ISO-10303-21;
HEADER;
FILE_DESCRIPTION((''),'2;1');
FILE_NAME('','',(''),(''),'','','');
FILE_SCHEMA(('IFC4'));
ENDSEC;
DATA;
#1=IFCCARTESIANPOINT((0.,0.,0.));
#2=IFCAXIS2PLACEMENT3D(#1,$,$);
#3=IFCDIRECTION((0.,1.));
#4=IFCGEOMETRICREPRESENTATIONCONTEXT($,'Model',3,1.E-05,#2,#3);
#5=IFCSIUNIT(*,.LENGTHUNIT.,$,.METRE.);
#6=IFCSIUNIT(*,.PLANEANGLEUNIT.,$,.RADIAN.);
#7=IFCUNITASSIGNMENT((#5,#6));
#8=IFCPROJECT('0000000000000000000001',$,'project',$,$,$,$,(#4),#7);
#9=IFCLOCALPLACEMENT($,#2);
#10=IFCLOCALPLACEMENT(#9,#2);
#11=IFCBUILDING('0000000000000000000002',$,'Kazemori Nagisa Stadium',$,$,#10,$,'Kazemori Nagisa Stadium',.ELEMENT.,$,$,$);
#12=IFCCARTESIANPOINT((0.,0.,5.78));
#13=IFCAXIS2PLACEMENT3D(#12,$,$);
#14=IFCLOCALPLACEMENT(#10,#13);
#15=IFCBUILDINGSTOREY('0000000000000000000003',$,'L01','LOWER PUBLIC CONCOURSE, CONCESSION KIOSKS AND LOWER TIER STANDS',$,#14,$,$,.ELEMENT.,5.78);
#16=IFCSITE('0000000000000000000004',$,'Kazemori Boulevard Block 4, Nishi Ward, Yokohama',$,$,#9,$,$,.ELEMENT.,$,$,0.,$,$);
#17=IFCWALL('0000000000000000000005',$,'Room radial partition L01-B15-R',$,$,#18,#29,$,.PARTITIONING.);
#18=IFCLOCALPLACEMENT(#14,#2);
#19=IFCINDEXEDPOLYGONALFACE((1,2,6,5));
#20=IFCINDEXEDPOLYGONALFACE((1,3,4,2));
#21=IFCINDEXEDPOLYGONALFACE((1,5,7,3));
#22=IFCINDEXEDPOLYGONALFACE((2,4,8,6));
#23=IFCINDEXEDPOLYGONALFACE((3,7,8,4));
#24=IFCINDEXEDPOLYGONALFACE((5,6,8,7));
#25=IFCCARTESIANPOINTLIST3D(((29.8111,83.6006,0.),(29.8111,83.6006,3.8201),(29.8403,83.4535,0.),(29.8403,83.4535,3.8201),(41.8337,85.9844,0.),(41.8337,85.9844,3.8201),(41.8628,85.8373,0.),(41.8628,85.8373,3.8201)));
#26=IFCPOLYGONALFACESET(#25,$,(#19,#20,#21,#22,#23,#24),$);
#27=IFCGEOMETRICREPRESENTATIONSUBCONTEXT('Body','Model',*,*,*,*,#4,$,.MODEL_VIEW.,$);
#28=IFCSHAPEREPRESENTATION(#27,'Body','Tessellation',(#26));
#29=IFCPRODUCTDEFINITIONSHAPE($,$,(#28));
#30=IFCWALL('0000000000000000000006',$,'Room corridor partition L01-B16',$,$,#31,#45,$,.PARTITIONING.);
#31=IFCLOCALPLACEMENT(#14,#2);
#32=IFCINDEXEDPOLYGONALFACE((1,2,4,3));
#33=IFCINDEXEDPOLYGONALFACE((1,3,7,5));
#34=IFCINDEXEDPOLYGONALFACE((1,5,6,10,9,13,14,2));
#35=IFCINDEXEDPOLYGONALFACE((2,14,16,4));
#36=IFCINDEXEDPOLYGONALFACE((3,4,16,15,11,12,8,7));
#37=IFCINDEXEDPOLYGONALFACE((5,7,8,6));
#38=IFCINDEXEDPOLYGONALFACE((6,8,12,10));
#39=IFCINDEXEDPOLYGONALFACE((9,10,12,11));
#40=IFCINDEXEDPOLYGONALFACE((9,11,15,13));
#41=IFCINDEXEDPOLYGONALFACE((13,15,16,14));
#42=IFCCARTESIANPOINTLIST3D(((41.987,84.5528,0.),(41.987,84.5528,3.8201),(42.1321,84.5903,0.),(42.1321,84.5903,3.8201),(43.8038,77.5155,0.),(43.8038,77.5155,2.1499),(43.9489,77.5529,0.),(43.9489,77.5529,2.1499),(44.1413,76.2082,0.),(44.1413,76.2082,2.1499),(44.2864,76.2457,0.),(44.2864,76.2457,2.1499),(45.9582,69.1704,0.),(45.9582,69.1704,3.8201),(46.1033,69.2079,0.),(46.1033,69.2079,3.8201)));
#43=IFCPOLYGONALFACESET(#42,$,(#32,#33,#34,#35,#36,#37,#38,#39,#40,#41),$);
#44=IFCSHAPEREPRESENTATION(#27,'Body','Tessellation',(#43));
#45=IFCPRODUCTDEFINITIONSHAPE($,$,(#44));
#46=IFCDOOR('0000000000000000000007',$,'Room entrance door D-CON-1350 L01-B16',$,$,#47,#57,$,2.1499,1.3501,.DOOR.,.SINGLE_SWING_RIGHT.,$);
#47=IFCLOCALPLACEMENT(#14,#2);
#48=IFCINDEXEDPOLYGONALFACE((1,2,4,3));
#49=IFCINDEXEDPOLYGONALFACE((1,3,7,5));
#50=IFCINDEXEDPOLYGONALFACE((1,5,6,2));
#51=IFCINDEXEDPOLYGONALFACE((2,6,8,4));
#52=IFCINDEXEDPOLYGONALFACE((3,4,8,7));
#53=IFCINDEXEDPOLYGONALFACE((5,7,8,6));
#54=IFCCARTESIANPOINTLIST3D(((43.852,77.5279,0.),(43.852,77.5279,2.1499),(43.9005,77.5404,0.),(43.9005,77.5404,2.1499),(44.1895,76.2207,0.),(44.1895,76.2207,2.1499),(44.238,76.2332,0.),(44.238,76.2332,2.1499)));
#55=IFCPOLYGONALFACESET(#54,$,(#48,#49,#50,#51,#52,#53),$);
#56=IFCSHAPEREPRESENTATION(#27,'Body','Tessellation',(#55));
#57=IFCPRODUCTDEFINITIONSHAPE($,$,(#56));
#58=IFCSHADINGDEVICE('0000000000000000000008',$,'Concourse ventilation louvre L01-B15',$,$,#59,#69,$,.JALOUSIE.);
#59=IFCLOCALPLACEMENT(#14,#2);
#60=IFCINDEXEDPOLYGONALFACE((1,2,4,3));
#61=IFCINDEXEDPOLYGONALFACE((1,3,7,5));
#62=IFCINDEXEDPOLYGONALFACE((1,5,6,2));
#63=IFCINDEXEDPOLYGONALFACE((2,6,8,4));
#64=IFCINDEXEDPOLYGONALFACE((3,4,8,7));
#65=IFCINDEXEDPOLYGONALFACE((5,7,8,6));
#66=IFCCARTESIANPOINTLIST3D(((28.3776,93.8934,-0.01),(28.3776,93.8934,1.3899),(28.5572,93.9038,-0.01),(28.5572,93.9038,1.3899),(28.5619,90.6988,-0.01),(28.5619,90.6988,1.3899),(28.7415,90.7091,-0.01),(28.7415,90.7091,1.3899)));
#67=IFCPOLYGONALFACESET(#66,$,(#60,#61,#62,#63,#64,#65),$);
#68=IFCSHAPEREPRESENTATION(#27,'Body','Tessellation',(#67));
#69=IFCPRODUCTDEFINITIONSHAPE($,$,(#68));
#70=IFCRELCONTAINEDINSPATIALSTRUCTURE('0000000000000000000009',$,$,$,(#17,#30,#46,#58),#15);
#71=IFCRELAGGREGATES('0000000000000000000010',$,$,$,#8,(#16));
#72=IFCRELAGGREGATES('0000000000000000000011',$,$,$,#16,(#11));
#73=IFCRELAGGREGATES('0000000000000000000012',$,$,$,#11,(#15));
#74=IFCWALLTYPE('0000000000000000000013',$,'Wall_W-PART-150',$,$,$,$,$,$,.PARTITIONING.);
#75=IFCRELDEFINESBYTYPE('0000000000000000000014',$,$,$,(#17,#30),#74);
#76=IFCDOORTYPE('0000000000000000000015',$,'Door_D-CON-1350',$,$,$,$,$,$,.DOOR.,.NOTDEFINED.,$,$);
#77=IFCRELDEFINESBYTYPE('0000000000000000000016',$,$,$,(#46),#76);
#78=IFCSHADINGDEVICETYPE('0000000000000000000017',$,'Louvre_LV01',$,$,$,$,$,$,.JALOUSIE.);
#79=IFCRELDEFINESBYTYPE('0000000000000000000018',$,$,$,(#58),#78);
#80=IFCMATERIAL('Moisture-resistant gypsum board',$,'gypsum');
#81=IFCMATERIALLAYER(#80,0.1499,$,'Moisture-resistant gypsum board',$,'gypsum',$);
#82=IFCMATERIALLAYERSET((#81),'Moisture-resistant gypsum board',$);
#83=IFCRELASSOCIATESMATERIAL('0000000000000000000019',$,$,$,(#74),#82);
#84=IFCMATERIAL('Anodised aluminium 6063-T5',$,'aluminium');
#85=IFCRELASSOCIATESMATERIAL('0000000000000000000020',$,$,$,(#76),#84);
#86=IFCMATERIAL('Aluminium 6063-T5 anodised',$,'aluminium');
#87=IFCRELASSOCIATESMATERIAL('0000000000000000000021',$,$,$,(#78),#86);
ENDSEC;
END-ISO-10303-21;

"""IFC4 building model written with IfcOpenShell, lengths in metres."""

from ifc_helpers import new_model, si_unit, direction, frame, frame_2d, origin, origin_2d, place, context, subcontext, project, spatial, rectangle, extrude, material, layer, layer_set, type_object, element, fill, save


model = new_model("IFC4")

# Units and contexts
model_context = context("Model", 3, precision=1e-05, world=origin(), true_north=direction((0.0, 1.0)))
body_context = subcontext(model_context, "Body", "Model", "MODEL_VIEW")
ifc_project = project(units=[si_unit("LENGTHUNIT", "METRE"), si_unit("PLANEANGLEUNIT", "RADIAN")], contexts=[model_context])

# Site, building, storey
site_placement = place(None, origin())
site = spatial("IfcSite", under=ifc_project, at=site_placement, Name="Kazemori Boulevard Block 4, Nishi Ward, Yokohama", CompositionType="ELEMENT", RefElevation=0.0)
building_placement = place(site_placement, origin())
building = spatial("IfcBuilding", under=site, at=building_placement, Name="Kazemori Nagisa Stadium", LongName="Kazemori Nagisa Stadium", CompositionType="ELEMENT")
storey_placement = place(building_placement, frame((0.0, 0.0, 5.78)))
storey = spatial("IfcBuildingStorey", under=building, at=storey_placement, Name="L01", Description="LOWER PUBLIC CONCOURSE, CONCESSION KIOSKS AND LOWER TIER STANDS", CompositionType="ELEMENT", Elevation=5.78)

# Shared definitions
ifc_material_1 = material(Name="Anodised aluminium 6063-T5", Category="aluminium")
ifc_material_2 = material(Name="Aluminium 6063-T5 anodised", Category="aluminium")

# Wall
ifc_material_3 = material(Name="Moisture-resistant gypsum board", Category="gypsum")
ifc_layer_1 = layer(ifc_material_3, 0.1499, Name="Moisture-resistant gypsum board", Category="gypsum")
ifc_layer_set_1 = layer_set([ifc_layer_1], Name="Moisture-resistant gypsum board")
wall_type = type_object("IfcWallType", Name="Wall_W-PART-150", PredefinedType="PARTITIONING", material=ifc_layer_set_1)
wall_1_placement = place(storey_placement, frame((41.8484, 85.9109, 0.0), z_axis=(0.0, 0.0, 1.0), x_axis=(-0.980904, -0.194492, 0.0)))
element("IfcWall", 1, at=wall_1_placement, inside=storey, type_object=wall_type, Name="Room radial partition L01-B15-R", PredefinedType="PARTITIONING", context=body_context, shape_type="SweptSolid", body=[
    extrude(rectangle(XDim=12.2566, YDim=0.1499, at=frame_2d((6.1284, 0.0))), origin(), (0.0, 0.0, 1.0), 3.8201),
])

# Wall, opening, door
wall_2_placement = place(storey_placement, frame((42.0596, 84.5715, 0.0), z_axis=(0.0, 0.0, 1.0), x_axis=(0.24997, -0.968254, 0.0)))
wall_2 = element("IfcWall", 2, at=wall_2_placement, inside=storey, type_object=wall_type, Name="Room corridor partition L01-B16", PredefinedType="PARTITIONING", context=body_context, shape_type="SweptSolid", body=[
    extrude(rectangle(XDim=15.8867, YDim=0.1499, at=frame_2d((7.9434, 0.0))), origin(), (0.0, 0.0, 1.0), 3.8201),
])
opening_placement = place(wall_2_placement, frame((7.2681, 0.0, 0.0)))
opening = element("IfcOpeningElement", 3, at=opening_placement, cuts=wall_2, PredefinedType="OPENING", context=body_context, shape_type="SweptSolid", body=[
    extrude(rectangle(XDim=1.3501, YDim=2.1499, at=frame_2d((0.675, 1.075))), frame((0.0, 0.085, 0.0), z_axis=(0.0, -1.0, 0.0), x_axis=(1.0, 0.0, 0.0)), (0.0, 0.0, 1.0), 0.1699),
])
door_type = type_object("IfcDoorType", Name="Door_D-CON-1350", OperationType="NOTDEFINED", PredefinedType="DOOR", material=ifc_material_1)
door_placement = place(opening_placement, origin())
door = element("IfcDoor", 4, at=door_placement, inside=storey, type_object=door_type, Name="Room entrance door D-CON-1350 L01-B16", OperationType="SINGLE_SWING_RIGHT", OverallHeight=2.1499, OverallWidth=1.3501, PredefinedType="DOOR", context=body_context, shape_type="SweptSolid", body=[
    extrude(rectangle(XDim=1.3501, YDim=2.1499, at=frame_2d((0.675, 1.075))), frame((0.0, 0.0249, 0.0), z_axis=(0.0, -1.0, 0.0), x_axis=(1.0, 0.0, 0.0)), (0.0, 0.0, 1.0), 0.05),
])
fill(opening, door)

# Shading device
shading_device_type = type_object("IfcShadingDeviceType", Name="Louvre_LV01", PredefinedType="JALOUSIE", material=ifc_material_2)
shading_device_placement = place(storey_placement, frame((28.5596, 92.3013, -0.01), z_axis=(0.0, 0.0, 1.0), x_axis=(0.057602, -0.99834, 0.0)))
element("IfcShadingDevice", 5, at=shading_device_placement, inside=storey, type_object=shading_device_type, Name="Concourse ventilation louvre L01-B15", PredefinedType="JALOUSIE", context=body_context, shape_type="SweptSolid", body=[
    extrude(rectangle(XDim=3.2, YDim=0.1799, at=origin_2d()), origin(), (0.0, 0.0, 1.0), 1.3999),
])

save(model, "model.ifc")
